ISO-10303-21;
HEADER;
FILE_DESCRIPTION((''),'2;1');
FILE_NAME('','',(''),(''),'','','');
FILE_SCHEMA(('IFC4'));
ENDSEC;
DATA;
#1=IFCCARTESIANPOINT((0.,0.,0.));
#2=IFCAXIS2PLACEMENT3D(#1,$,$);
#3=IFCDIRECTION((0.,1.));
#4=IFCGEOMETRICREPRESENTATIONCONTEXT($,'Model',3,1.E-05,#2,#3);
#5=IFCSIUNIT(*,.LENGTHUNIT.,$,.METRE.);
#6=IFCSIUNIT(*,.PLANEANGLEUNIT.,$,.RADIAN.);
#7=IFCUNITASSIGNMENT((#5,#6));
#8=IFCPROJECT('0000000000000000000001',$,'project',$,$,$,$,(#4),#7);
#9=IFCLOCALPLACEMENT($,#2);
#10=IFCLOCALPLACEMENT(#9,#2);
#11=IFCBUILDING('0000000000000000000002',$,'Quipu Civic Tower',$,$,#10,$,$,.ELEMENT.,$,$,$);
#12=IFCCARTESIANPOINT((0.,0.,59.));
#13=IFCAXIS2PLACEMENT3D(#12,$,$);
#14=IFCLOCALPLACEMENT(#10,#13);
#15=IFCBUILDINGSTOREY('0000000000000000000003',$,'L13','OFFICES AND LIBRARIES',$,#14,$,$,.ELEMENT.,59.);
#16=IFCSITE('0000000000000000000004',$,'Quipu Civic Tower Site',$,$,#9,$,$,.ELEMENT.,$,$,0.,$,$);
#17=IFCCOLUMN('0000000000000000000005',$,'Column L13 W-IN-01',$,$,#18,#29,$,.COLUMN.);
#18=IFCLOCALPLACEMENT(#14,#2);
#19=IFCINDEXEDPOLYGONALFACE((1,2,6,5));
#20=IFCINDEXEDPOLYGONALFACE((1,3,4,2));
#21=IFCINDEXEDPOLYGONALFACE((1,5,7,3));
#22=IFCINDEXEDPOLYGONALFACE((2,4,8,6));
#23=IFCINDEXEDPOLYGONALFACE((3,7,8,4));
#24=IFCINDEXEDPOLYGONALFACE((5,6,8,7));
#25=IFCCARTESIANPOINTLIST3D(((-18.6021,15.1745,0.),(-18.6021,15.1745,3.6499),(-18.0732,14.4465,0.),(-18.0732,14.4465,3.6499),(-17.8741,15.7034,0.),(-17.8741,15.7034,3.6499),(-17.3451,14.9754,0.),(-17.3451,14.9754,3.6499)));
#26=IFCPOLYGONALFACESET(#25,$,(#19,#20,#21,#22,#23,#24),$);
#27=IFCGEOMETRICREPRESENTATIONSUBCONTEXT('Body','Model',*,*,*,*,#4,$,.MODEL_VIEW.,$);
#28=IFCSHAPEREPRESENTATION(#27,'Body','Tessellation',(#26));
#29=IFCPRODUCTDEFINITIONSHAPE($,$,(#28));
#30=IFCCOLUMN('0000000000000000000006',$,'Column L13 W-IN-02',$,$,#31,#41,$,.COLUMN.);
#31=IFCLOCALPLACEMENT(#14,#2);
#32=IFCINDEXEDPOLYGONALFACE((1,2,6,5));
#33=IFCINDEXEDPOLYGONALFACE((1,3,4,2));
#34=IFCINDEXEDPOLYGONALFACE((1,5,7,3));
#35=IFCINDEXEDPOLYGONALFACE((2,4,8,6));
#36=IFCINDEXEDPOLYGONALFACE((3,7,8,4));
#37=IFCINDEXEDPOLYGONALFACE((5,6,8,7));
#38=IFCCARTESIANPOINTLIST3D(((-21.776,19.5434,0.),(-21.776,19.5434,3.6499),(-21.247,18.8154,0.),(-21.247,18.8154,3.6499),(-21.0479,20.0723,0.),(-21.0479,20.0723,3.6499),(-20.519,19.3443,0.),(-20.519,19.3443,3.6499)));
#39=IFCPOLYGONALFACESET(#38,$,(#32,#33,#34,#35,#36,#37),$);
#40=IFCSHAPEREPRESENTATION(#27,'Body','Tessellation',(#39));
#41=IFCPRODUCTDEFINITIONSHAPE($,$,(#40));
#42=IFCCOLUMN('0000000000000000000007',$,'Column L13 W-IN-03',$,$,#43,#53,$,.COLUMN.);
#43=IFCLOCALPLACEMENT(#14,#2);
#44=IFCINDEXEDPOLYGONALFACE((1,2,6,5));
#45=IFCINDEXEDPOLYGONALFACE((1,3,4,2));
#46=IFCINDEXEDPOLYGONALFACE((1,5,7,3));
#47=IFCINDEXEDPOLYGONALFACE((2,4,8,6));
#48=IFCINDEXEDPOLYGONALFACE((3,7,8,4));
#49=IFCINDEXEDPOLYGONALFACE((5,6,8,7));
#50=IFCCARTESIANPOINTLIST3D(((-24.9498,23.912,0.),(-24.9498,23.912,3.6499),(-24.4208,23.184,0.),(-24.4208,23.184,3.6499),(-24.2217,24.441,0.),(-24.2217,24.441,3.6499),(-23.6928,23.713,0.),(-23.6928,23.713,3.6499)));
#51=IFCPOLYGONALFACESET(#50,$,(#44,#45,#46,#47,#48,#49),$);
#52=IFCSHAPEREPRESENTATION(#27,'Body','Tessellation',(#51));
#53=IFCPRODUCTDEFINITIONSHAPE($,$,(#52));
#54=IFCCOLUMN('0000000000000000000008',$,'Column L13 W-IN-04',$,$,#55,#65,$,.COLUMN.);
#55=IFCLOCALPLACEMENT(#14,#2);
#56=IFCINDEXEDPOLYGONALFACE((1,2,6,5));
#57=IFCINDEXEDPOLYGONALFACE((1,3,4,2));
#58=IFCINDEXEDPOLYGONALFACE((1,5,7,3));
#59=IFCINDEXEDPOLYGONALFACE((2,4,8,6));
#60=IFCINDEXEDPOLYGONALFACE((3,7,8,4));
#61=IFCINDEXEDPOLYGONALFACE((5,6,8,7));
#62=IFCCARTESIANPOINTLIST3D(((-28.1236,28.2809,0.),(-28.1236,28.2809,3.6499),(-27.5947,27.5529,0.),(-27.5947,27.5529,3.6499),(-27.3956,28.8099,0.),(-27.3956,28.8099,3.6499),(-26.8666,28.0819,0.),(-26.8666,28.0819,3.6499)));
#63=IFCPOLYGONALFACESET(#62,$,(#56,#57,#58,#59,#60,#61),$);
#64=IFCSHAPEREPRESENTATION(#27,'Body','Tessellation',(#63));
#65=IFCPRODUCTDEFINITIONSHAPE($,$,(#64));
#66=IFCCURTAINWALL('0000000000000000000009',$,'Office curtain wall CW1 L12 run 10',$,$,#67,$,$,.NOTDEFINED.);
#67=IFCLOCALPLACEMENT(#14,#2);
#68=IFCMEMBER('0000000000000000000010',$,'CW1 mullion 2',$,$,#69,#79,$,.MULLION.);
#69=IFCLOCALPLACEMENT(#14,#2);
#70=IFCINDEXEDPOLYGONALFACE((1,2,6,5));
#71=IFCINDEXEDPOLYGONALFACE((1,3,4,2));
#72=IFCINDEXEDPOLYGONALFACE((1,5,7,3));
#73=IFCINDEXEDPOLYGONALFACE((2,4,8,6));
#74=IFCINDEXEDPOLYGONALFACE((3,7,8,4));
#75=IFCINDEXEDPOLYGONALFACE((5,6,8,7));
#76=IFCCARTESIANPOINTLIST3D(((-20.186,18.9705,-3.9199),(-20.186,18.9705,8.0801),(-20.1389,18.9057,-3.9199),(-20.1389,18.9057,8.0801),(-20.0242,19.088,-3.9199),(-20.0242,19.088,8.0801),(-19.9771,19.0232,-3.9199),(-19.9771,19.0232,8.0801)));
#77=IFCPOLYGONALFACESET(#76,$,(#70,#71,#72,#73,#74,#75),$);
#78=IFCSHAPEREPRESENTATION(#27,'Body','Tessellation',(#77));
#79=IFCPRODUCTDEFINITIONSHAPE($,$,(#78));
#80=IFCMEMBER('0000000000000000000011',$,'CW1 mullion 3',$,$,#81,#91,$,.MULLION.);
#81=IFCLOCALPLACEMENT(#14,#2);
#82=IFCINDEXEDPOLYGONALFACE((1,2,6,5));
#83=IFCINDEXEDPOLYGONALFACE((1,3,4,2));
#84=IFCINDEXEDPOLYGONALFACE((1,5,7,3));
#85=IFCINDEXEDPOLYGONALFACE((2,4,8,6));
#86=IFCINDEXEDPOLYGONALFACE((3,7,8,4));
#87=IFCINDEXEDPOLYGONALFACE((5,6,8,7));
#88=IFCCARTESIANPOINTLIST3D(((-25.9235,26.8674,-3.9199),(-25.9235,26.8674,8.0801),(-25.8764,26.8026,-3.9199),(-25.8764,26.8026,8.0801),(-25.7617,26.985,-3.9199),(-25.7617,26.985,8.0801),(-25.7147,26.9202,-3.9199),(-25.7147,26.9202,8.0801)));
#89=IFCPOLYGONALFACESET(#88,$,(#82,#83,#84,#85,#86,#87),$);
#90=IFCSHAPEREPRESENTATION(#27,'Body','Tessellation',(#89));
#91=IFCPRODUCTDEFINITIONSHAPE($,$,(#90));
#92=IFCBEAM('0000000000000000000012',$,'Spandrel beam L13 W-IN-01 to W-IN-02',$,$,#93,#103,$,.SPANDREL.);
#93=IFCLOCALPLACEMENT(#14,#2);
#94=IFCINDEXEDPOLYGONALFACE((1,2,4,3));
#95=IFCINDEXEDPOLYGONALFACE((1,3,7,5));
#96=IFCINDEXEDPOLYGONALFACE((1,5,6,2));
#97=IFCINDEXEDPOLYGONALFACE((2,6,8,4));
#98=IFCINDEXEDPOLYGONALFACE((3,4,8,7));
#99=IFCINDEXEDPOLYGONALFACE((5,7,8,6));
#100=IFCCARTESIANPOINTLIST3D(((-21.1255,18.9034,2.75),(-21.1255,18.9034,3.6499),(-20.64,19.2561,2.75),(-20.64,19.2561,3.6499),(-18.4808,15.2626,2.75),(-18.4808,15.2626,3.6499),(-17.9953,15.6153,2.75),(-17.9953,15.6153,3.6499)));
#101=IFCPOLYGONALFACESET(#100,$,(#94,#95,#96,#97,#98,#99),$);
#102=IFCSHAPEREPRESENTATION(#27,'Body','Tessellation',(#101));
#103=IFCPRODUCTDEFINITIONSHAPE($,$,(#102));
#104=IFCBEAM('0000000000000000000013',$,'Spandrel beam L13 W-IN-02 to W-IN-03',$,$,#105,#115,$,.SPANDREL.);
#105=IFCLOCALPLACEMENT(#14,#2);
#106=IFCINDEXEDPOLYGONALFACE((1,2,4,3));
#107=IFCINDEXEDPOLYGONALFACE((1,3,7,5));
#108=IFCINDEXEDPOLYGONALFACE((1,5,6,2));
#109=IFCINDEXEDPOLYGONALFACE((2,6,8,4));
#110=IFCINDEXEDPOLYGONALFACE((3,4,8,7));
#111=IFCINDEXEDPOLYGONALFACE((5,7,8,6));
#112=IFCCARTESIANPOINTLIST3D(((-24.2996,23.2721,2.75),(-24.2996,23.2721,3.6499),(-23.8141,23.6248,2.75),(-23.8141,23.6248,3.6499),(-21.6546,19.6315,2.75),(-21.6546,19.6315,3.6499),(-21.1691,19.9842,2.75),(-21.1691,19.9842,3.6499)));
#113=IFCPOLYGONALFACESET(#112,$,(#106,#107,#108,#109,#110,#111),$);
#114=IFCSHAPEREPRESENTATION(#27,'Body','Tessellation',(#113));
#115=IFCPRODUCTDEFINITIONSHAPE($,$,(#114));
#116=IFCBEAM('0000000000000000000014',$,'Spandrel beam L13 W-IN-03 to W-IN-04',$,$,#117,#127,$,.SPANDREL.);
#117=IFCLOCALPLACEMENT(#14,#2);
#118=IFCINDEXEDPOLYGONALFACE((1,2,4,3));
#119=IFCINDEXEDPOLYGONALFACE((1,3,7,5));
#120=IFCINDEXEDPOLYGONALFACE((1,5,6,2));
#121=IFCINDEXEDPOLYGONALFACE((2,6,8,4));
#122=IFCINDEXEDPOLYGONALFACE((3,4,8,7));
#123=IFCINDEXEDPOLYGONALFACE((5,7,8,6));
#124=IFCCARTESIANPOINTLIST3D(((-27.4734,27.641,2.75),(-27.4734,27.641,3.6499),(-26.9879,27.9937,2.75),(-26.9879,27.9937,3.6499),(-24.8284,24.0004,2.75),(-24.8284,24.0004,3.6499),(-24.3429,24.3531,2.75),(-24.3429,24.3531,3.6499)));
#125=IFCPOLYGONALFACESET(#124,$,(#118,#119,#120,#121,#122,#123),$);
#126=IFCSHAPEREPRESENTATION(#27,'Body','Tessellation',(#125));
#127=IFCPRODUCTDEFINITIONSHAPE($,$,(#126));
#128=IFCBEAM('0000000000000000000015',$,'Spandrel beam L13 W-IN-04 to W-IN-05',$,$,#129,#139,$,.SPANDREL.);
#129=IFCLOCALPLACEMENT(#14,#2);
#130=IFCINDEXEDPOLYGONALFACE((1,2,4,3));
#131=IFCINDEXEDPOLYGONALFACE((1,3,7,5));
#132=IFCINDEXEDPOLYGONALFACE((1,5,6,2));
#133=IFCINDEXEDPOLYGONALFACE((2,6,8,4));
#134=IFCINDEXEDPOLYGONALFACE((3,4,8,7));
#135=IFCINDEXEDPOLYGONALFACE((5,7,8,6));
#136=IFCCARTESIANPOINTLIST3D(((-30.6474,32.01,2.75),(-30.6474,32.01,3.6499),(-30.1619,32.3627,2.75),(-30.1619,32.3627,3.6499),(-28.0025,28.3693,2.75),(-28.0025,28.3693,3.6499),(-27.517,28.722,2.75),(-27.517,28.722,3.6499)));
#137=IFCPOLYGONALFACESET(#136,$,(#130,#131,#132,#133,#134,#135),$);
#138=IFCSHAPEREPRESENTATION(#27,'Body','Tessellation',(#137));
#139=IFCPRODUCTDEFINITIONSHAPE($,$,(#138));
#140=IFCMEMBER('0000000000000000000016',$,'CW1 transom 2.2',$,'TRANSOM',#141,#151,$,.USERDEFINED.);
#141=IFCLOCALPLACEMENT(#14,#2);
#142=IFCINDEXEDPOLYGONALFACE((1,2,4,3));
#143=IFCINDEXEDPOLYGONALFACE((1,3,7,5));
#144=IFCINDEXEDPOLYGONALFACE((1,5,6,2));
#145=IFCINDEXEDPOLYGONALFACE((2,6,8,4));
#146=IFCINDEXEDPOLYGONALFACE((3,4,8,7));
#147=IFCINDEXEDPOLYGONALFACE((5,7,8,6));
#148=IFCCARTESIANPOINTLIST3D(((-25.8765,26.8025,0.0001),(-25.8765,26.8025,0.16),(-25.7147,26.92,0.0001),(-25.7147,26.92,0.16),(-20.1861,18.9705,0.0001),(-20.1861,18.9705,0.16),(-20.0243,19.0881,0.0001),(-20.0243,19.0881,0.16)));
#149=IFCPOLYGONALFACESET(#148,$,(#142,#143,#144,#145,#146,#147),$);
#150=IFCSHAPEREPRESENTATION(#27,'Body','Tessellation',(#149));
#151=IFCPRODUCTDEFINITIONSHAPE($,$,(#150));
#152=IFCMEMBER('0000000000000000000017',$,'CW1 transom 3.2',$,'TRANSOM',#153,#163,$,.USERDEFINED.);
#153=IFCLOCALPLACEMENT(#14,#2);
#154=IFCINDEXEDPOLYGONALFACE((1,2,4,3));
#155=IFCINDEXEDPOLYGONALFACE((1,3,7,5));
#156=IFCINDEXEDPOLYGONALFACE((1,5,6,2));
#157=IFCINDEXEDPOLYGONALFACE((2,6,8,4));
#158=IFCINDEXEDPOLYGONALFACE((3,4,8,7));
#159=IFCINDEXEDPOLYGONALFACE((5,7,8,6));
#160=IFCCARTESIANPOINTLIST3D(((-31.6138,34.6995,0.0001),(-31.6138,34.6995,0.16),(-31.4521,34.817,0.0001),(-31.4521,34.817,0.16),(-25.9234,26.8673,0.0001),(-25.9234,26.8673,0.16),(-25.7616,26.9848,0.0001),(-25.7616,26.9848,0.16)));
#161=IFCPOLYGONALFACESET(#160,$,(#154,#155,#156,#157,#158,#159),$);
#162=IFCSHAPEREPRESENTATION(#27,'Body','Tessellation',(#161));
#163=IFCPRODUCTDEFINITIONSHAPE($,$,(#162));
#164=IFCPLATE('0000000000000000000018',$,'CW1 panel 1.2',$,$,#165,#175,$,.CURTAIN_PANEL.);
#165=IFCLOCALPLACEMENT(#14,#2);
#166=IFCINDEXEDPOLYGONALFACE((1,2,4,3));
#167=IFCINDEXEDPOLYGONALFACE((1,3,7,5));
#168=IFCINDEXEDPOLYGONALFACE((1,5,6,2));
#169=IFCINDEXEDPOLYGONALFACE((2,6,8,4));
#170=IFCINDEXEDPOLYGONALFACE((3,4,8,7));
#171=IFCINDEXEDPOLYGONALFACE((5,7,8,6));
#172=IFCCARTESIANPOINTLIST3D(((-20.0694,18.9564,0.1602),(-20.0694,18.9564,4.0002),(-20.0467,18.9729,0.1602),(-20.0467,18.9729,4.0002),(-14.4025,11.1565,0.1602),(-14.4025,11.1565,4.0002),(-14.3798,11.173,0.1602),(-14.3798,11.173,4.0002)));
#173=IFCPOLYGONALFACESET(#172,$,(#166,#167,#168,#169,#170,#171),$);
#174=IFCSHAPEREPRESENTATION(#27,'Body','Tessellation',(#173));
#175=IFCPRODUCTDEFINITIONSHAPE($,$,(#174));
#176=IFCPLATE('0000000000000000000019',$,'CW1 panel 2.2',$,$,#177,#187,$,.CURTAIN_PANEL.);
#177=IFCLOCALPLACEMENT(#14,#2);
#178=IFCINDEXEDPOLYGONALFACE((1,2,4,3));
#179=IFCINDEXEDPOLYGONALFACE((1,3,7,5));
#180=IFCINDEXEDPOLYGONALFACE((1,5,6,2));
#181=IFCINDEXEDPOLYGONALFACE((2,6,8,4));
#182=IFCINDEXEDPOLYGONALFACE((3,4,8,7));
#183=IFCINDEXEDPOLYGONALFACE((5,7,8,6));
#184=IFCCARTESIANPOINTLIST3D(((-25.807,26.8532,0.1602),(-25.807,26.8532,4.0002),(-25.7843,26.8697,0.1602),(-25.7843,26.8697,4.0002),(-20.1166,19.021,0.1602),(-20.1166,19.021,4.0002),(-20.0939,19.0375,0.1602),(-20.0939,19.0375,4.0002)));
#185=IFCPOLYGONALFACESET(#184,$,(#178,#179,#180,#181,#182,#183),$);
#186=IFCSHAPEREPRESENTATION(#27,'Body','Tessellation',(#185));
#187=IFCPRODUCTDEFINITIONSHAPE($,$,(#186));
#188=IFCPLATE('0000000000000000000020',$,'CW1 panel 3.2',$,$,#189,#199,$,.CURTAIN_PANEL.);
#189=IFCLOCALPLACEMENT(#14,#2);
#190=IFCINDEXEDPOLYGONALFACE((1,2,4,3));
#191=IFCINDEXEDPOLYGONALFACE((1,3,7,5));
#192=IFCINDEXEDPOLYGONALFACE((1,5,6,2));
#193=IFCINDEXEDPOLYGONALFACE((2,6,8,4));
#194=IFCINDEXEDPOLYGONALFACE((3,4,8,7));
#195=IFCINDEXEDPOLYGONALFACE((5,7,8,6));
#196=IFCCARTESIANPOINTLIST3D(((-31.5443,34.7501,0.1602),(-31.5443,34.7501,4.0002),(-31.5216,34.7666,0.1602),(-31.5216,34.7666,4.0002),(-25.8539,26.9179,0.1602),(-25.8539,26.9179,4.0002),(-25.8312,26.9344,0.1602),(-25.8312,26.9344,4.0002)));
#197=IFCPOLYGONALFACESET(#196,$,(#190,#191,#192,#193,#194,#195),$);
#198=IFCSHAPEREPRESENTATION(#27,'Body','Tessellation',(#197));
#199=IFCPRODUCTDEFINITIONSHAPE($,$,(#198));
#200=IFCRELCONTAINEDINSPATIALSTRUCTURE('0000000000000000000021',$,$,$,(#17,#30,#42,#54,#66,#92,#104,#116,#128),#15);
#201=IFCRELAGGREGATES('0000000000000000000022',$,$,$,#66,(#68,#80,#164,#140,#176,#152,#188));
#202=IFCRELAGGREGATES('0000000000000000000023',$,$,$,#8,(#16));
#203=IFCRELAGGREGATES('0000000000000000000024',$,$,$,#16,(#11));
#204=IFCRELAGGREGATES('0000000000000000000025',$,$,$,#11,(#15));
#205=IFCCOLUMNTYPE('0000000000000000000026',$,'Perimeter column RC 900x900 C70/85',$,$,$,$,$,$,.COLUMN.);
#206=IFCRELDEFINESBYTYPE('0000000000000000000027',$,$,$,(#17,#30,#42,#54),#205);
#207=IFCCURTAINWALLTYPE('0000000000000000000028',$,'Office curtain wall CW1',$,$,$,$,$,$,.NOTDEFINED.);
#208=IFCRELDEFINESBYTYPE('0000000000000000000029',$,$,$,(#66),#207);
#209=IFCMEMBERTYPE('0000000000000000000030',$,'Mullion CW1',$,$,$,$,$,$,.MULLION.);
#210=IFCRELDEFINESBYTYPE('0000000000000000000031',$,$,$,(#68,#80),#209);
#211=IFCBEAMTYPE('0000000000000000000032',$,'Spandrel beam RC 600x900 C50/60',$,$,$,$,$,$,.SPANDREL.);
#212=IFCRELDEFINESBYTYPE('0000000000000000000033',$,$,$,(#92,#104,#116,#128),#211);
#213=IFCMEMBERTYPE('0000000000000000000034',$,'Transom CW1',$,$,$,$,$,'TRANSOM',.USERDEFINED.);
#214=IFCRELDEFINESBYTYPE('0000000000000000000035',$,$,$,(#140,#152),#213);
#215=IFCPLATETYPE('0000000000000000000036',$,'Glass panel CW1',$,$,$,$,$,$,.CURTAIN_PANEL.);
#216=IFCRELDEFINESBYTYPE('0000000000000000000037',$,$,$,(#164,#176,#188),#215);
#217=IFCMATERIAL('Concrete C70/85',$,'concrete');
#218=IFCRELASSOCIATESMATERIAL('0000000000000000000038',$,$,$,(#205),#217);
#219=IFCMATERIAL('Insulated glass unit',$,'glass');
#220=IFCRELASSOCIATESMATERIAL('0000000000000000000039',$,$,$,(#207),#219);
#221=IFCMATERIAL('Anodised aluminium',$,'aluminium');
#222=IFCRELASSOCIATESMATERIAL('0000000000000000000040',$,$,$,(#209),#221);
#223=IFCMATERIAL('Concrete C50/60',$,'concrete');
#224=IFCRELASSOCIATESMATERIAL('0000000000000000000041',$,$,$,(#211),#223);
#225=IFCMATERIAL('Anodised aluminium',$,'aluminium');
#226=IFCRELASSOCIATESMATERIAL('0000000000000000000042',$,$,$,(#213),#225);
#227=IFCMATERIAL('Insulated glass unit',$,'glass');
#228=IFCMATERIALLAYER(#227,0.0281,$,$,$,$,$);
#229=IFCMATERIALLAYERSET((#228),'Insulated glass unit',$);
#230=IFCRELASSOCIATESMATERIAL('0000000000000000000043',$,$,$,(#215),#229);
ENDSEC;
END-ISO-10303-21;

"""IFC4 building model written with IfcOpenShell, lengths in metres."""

from ifc_helpers import new_model, si_unit, direction, frame, origin, origin_2d, place, context, subcontext, project, spatial, rectangle, extrude, material, layer, layer_set, material_profile, profile_set, type_object, element, aggregate, save


model = new_model("IFC4")

# Units and contexts
model_context = context("Model", 3, precision=1e-05, world=origin(), true_north=direction((0.0, 1.0)))
body_context = subcontext(model_context, "Body", "Model", "MODEL_VIEW")
ifc_project = project(units=[si_unit("LENGTHUNIT", "METRE"), si_unit("PLANEANGLEUNIT", "RADIAN")], contexts=[model_context])

# Site, building, storey
site_placement = place(None, origin())
site = spatial("IfcSite", under=ifc_project, at=site_placement, Name="Quipu Civic Tower Site", CompositionType="ELEMENT", RefElevation=0.0)
building_placement = place(site_placement, origin())
building = spatial("IfcBuilding", under=site, at=building_placement, Name="Quipu Civic Tower", CompositionType="ELEMENT")
storey_placement = place(building_placement, frame((0.0, 0.0, 59.0)))
storey = spatial("IfcBuildingStorey", under=building, at=storey_placement, Name="L13", Description="OFFICES AND LIBRARIES", CompositionType="ELEMENT", Elevation=59.0)

# Columns
ifc_material_1 = material(Name="Concrete C70/85", Category="concrete")
ifc_material_profile_1 = material_profile(ifc_material_1, rectangle(XDim=0.8999, YDim=0.8999, at=origin_2d()), Name="RC900x900")
ifc_profile_set_1 = profile_set([ifc_material_profile_1], Name="Concrete C70/85")
column_type = type_object("IfcColumnType", Name="Perimeter column RC 900x900 C70/85", PredefinedType="COLUMN", material=ifc_profile_set_1)
for number, where, z_axis, x_axis, name in (
    (1, (-17.9736, 15.075, 0.0), (0.0, 0.0, 1.0), (-0.587785, 0.809017, 0.0), "Column L13 W-IN-01"),
    (2, (-21.1475, 19.4438, 0.0), (0.0, 0.0, 1.0), (-0.587785, 0.809017, 0.0), "Column L13 W-IN-02"),
    (3, (-24.3213, 23.8125, 0.0), (0.0, 0.0, 1.0), (-0.587785, 0.809017, 0.0), "Column L13 W-IN-03"),
    (4, (-27.4951, 28.1814, 0.0), (0.0, 0.0, 1.0), (-0.587785, 0.809017, 0.0), "Column L13 W-IN-04"),
):
    element("IfcColumn", number, at=place(storey_placement, frame(where, z_axis=z_axis, x_axis=x_axis)), inside=storey, type_object=column_type, Name=name, PredefinedType="COLUMN", context=body_context, shape_type="SweptSolid", body=[
        extrude(rectangle(XDim=0.8999, YDim=0.8999, at=origin_2d()), origin(), (0.0, 0.0, 1.0), 3.6499),
    ])

# Curtain wall, members
ifc_material_2 = material(Name="Insulated glass unit", Category="glass")
curtain_wall_type = type_object("IfcCurtainWallType", Name="Office curtain wall CW1", PredefinedType="NOTDEFINED", material=ifc_material_2)
curtain_wall_placement = place(storey_placement, origin())
curtain_wall = element("IfcCurtainWall", 5, at=curtain_wall_placement, inside=storey, type_object=curtain_wall_type, Name="Office curtain wall CW1 L12 run 10", PredefinedType="NOTDEFINED")
ifc_material_3 = material(Name="Anodised aluminium", Category="aluminium")
ifc_material_profile_2 = material_profile(ifc_material_3, rectangle(XDim=0.2, YDim=0.0801, at=origin_2d()), Name="RECT 200x80")
ifc_profile_set_2 = profile_set([ifc_material_profile_2], Name="Anodised aluminium")
member_type_1 = type_object("IfcMemberType", Name="Mullion CW1", PredefinedType="MULLION", material=ifc_profile_set_2)
member_1_placement = place(storey_placement, frame((-20.0815, 18.9968, -3.9199), z_axis=(0.0, 0.0, 1.0), x_axis=(-0.809017, -0.587786, 0.0)))
member_1 = element("IfcMember", 6, at=member_1_placement, type_object=member_type_1, Name="CW1 mullion 2", PredefinedType="MULLION", context=body_context, shape_type="SweptSolid", body=[
    extrude(rectangle(XDim=0.2, YDim=0.0801, at=origin_2d()), origin(), (0.0, 0.0, 1.0), 12.0),
])
member_2_placement = place(storey_placement, frame((-25.8191, 26.8938, -3.9199), z_axis=(0.0, 0.0, 1.0), x_axis=(-0.809017, -0.587786, 0.0)))
member_2 = element("IfcMember", 7, at=member_2_placement, type_object=member_type_1, Name="CW1 mullion 3", PredefinedType="MULLION", context=body_context, shape_type="SweptSolid", body=[
    extrude(rectangle(XDim=0.2, YDim=0.0801, at=origin_2d()), origin(), (0.0, 0.0, 1.0), 12.0),
])

# Beams
ifc_material_4 = material(Name="Concrete C50/60", Category="concrete")
ifc_material_profile_3 = material_profile(ifc_material_4, rectangle(XDim=0.6001, YDim=0.8999, at=origin_2d()), Name="RC600x900")
ifc_profile_set_3 = profile_set([ifc_material_profile_3], Name="Concrete C50/60")
beam_type = type_object("IfcBeamType", Name="Spandrel beam RC 600x900 C50/60", PredefinedType="SPANDREL", material=ifc_profile_set_3)
for number, where, z_axis, x_axis, name in (
    (8, (-18.238, 15.439, 3.2), (-0.587717, 0.809067, 0.0), (-0.809067, -0.587717, 0.0), "Spandrel beam L13 W-IN-01 to W-IN-02"),
    (9, (-21.4119, 19.8079, 3.2), (-0.587778, 0.809022, 0.0), (-0.809022, -0.587778, 0.0), "Spandrel beam L13 W-IN-02 to W-IN-03"),
    (10, (-24.5857, 24.1768, 3.2), (-0.587778, 0.809022, 0.0), (-0.809022, -0.587778, 0.0), "Spandrel beam L13 W-IN-03 to W-IN-04"),
    (11, (-27.7598, 28.5457, 3.2), (-0.587743, 0.809048, 0.0), (-0.809048, -0.587743, 0.0), "Spandrel beam L13 W-IN-04 to W-IN-05"),
):
    element("IfcBeam", number, at=place(storey_placement, frame(where, z_axis=z_axis, x_axis=x_axis)), inside=storey, type_object=beam_type, Name=name, PredefinedType="SPANDREL", context=body_context, shape_type="SweptSolid", body=[
        extrude(rectangle(XDim=0.6001, YDim=0.8999, at=origin_2d()), origin(), (0.0, 0.0, 1.0), 4.5),
    ])

# Members
ifc_material_5 = material(Name="Anodised aluminium", Category="aluminium")
ifc_material_profile_4 = material_profile(ifc_material_5, rectangle(XDim=0.2, YDim=0.1599, at=origin_2d()), Name="RECT 200x160")
ifc_profile_set_4 = profile_set([ifc_material_profile_4], Name="Anodised aluminium")
member_type_2 = type_object("IfcMemberType", Name="Transom CW1", ElementType="TRANSOM", PredefinedType="USERDEFINED", material=ifc_profile_set_4)
member_3_placement = place(storey_placement, frame((-20.1052, 19.0293, 0.0801), z_axis=(-0.587794, 0.809011, 0.0), x_axis=(-0.809011, -0.587794, 0.0)))
member_3 = element("IfcMember", 12, at=member_3_placement, type_object=member_type_2, Name="CW1 transom 2.2", ObjectType="TRANSOM", PredefinedType="USERDEFINED", context=body_context, shape_type="SweptSolid", body=[
    extrude(rectangle(XDim=0.2, YDim=0.1599, at=origin_2d()), origin(), (0.0, 0.0, 1.0), 9.6809),
])
member_4_placement = place(storey_placement, frame((-25.8425, 26.926, 0.0801), z_axis=(-0.587782, 0.80902, 0.0), x_axis=(-0.80902, -0.587782, 0.0)))
member_4 = element("IfcMember", 13, at=member_4_placement, type_object=member_type_2, Name="CW1 transom 3.2", ObjectType="TRANSOM", PredefinedType="USERDEFINED", context=body_context, shape_type="SweptSolid", body=[
    extrude(rectangle(XDim=0.2, YDim=0.1599, at=origin_2d()), origin(), (0.0, 0.0, 1.0), 9.6812),
])

# Plates
ifc_material_6 = material(Name="Insulated glass unit", Category="glass")
ifc_layer_1 = layer(ifc_material_6, 0.0281)
ifc_layer_set_1 = layer_set([ifc_layer_1], Name="Insulated glass unit")
plate_type_1 = type_object("IfcPlateType", Name="Glass panel CW1", PredefinedType="CURTAIN_PANEL", material=ifc_layer_set_1)
plate_1_placement = place(storey_placement, frame((-17.2246, 15.0647, 0.1602), z_axis=(0.0, 0.0, 1.0), x_axis=(-0.587786, 0.809017, 0.0)))
plate_1 = element("IfcPlate", 14, at=plate_1_placement, type_object=plate_type_1, Name="CW1 panel 1.2", PredefinedType="CURTAIN_PANEL", context=body_context, shape_type="SweptSolid", body=[
    extrude(rectangle(XDim=9.6411, YDim=0.0281, at=origin_2d()), origin(), (0.0, 0.0, 1.0), 3.8401),
])
plate_2_placement = place(storey_placement, frame((-22.9504, 22.9453, 0.1602), z_axis=(0.0, 0.0, 1.0), x_axis=(-0.587786, 0.809017, 0.0)))
plate_2 = element("IfcPlate", 15, at=plate_2_placement, type_object=plate_type_1, Name="CW1 panel 2.2", PredefinedType="CURTAIN_PANEL", context=body_context, shape_type="SweptSolid", body=[
    extrude(rectangle(XDim=9.6812, YDim=0.0281, at=origin_2d()), origin(), (0.0, 0.0, 1.0), 3.8401),
])
plate_3_placement = place(storey_placement, frame((-28.6877, 30.8423, 0.1602), z_axis=(0.0, 0.0, 1.0), x_axis=(-0.587786, 0.809017, 0.0)))
plate_3 = element("IfcPlate", 16, at=plate_3_placement, type_object=plate_type_1, Name="CW1 panel 3.2", PredefinedType="CURTAIN_PANEL", context=body_context, shape_type="SweptSolid", body=[
    extrude(rectangle(XDim=9.6812, YDim=0.0281, at=origin_2d()), origin(), (0.0, 0.0, 1.0), 3.8401),
])
aggregate(curtain_wall, [member_1, member_2, plate_1, member_3, plate_2, member_4, plate_3])

save(model, "model.ifc")
